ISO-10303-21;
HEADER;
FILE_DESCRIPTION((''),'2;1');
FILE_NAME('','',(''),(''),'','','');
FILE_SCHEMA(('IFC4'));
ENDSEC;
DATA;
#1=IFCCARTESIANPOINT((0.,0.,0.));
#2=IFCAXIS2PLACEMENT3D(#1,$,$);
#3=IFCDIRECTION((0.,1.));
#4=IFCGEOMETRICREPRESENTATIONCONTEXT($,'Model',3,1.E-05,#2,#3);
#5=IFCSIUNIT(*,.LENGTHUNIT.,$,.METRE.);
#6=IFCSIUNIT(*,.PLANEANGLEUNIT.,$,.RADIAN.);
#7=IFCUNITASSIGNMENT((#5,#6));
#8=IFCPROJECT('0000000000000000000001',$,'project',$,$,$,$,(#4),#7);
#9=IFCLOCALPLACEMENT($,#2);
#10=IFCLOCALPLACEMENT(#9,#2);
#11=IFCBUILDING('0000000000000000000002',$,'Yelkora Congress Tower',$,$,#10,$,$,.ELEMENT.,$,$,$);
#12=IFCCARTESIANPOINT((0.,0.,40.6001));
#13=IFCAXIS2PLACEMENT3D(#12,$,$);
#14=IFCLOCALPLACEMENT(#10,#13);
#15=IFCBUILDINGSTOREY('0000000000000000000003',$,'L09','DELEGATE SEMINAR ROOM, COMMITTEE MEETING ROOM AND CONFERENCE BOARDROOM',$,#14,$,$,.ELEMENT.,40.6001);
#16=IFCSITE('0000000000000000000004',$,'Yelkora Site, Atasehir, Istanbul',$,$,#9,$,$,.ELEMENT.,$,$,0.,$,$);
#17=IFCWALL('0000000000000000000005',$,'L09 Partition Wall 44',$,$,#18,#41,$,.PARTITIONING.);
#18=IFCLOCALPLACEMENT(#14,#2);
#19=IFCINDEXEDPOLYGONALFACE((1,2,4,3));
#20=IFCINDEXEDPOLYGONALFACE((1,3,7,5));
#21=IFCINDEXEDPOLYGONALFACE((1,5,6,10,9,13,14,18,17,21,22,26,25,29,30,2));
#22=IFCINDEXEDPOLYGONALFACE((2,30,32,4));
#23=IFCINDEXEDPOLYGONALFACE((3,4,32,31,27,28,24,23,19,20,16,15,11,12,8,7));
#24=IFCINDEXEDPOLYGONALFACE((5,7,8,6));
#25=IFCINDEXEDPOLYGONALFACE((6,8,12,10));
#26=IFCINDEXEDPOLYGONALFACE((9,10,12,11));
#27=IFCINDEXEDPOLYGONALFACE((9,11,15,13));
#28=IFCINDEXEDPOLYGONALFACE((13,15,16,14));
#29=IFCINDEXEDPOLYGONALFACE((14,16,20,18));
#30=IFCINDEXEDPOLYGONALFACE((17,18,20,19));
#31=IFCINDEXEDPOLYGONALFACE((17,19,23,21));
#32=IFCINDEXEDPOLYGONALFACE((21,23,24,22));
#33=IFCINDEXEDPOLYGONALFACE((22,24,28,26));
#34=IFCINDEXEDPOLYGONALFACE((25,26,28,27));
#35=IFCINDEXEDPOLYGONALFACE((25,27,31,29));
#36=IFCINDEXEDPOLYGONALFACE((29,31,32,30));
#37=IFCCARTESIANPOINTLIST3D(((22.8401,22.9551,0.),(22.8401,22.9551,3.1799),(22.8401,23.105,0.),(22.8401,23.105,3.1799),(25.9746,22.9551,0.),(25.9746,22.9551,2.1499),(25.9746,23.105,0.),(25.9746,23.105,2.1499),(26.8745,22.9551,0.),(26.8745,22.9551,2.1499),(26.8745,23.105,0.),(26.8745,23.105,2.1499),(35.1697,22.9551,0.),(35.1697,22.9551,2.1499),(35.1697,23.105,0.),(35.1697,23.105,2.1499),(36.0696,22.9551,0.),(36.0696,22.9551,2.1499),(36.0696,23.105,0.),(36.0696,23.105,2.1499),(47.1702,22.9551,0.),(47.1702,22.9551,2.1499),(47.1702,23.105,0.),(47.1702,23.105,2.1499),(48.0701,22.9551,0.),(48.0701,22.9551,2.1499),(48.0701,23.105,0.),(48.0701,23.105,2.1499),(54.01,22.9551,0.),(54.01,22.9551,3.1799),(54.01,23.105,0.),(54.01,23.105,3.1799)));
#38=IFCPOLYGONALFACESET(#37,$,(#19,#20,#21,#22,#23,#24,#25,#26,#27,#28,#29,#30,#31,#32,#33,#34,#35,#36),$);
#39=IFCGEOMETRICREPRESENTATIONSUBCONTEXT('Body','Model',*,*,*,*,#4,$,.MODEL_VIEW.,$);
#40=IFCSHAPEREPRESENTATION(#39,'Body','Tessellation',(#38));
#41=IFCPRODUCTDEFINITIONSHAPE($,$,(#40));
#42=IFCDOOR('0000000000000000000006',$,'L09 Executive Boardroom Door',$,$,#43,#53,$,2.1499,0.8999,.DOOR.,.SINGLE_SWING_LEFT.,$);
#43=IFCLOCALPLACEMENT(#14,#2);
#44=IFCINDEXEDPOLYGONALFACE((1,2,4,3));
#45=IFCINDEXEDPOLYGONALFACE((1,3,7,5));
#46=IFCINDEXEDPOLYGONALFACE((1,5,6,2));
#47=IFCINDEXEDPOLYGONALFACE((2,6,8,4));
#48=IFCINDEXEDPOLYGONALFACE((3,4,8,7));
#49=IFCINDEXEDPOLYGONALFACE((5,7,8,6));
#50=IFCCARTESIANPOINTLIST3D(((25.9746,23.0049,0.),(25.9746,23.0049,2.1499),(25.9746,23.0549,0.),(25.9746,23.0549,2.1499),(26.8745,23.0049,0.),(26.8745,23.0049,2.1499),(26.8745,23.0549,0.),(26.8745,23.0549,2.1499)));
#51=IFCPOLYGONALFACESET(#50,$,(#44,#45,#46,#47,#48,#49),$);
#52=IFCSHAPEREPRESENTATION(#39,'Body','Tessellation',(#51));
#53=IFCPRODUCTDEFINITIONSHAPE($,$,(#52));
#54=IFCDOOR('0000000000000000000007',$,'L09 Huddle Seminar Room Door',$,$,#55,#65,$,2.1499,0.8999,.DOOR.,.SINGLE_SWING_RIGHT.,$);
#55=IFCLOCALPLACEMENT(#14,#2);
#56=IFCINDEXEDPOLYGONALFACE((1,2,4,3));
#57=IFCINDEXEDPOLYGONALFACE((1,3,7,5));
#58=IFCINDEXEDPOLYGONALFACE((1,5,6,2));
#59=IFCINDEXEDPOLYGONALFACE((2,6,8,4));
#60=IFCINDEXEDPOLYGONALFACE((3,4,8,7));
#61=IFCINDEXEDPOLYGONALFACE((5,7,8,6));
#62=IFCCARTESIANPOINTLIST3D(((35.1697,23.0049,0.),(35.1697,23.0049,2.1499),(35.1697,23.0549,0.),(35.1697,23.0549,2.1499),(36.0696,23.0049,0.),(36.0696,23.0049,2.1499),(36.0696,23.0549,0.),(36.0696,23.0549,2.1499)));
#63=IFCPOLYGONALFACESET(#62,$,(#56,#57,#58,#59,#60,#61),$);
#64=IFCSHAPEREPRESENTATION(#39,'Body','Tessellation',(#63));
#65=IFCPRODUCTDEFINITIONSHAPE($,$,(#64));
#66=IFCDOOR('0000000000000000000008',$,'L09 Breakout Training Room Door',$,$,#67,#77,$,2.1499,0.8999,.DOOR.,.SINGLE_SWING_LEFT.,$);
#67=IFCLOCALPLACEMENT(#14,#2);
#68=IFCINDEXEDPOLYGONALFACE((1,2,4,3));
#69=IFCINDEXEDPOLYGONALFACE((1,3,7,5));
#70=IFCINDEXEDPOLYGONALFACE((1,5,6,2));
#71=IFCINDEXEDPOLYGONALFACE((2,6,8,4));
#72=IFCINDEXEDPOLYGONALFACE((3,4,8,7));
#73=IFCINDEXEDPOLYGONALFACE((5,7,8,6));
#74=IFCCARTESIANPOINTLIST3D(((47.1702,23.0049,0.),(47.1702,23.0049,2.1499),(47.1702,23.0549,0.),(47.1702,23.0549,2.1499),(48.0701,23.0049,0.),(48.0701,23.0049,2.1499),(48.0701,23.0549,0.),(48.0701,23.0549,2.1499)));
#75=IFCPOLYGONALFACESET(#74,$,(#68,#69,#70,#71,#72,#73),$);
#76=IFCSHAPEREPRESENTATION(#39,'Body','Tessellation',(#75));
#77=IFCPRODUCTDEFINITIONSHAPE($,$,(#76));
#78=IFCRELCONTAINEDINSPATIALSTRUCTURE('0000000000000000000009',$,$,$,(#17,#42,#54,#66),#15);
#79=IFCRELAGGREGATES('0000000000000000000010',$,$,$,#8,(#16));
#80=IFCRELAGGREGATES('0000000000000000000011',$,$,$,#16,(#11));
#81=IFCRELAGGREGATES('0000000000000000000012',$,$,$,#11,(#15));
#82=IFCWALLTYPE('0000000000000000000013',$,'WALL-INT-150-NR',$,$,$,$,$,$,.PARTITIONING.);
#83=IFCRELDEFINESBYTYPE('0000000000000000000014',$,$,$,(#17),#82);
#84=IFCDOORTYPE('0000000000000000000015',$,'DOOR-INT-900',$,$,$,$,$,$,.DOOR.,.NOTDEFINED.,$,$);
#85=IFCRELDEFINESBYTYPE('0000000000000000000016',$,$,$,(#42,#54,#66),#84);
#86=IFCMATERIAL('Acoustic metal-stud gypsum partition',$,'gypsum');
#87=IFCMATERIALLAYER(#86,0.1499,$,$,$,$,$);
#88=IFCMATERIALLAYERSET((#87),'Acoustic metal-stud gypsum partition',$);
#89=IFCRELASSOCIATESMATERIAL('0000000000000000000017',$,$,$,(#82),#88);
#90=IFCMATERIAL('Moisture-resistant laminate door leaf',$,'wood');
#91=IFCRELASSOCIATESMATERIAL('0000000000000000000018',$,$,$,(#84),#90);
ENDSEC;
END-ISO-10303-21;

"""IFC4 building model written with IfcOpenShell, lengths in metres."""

from ifc_helpers import new_model, si_unit, direction, frame, frame_2d, origin, place, context, subcontext, project, spatial, rectangle, extrude, material, layer, layer_set, type_object, element, fill, save


model = new_model("IFC4")

# Units and contexts
model_context = context("Model", 3, precision=1e-05, world=origin(), true_north=direction((0.0, 1.0)))
body_context = subcontext(model_context, "Body", "Model", "MODEL_VIEW")
ifc_project = project(units=[si_unit("LENGTHUNIT", "METRE"), si_unit("PLANEANGLEUNIT", "RADIAN")], contexts=[model_context])

# Site, building, storey
site_placement = place(None, origin())
site = spatial("IfcSite", under=ifc_project, at=site_placement, Name="Yelkora Site, Atasehir, Istanbul", CompositionType="ELEMENT", RefElevation=0.0)
building_placement = place(site_placement, origin())
building = spatial("IfcBuilding", under=site, at=building_placement, Name="Yelkora Congress Tower", CompositionType="ELEMENT")
storey_placement = place(building_placement, frame((0.0, 0.0, 40.6001)))
storey = spatial("IfcBuildingStorey", under=building, at=storey_placement, Name="L09", Description="DELEGATE SEMINAR ROOM, COMMITTEE MEETING ROOM AND CONFERENCE BOARDROOM", CompositionType="ELEMENT", Elevation=40.6001)

# Shared definitions
ifc_material_1 = material(Name="Acoustic metal-stud gypsum partition", Category="gypsum")
ifc_layer_1 = layer(ifc_material_1, 0.1499)
ifc_layer_set_1 = layer_set([ifc_layer_1], Name="Acoustic metal-stud gypsum partition")
wall_type_1 = type_object("IfcWallType", Name="WALL-INT-150-NR", PredefinedType="PARTITIONING", material=ifc_layer_set_1)
ifc_material_2 = material(Name="Moisture-resistant laminate door leaf", Category="wood")
door_type = type_object("IfcDoorType", Name="DOOR-INT-900", OperationType="NOTDEFINED", PredefinedType="DOOR", material=ifc_material_2)

# Wall, openings, doors
wall_1_placement = place(storey_placement, frame((22.8401, 23.03, 0.0), z_axis=(0.0, 0.0, 1.0), x_axis=(1.0, 0.0, 0.0)))
wall_1 = element("IfcWall", 1, at=wall_1_placement, inside=storey, type_object=wall_type_1, Name="L09 Partition Wall 44", PredefinedType="PARTITIONING", context=body_context, shape_type="SweptSolid", body=[
    extrude(rectangle(XDim=31.1699, YDim=0.1499, at=frame_2d((15.585, 0.0))), origin(), (0.0, 0.0, 1.0), 3.1799),
])
opening_1_placement = place(wall_1_placement, frame((3.1345, 0.0, 0.0)))
opening_1 = element("IfcOpeningElement", 2, at=opening_1_placement, cuts=wall_1, PredefinedType="OPENING", context=body_context, shape_type="SweptSolid", body=[
    extrude(rectangle(XDim=0.8999, YDim=2.1499, at=frame_2d((0.45, 1.075))), frame((0.0, 0.085, 0.0), z_axis=(0.0, -1.0, 0.0), x_axis=(1.0, 0.0, 0.0)), (0.0, 0.0, 1.0), 0.1699),
])
opening_2_placement = place(wall_1_placement, frame((12.3296, 0.0, 0.0)))
opening_2 = element("IfcOpeningElement", 3, at=opening_2_placement, cuts=wall_1, PredefinedType="OPENING", context=body_context, shape_type="SweptSolid", body=[
    extrude(rectangle(XDim=0.8999, YDim=2.1499, at=frame_2d((0.45, 1.075))), frame((0.0, 0.085, 0.0), z_axis=(0.0, -1.0, 0.0), x_axis=(1.0, 0.0, 0.0)), (0.0, 0.0, 1.0), 0.1699),
])
opening_3_placement = place(wall_1_placement, frame((24.3301, 0.0, 0.0)))
opening_3 = element("IfcOpeningElement", 4, at=opening_3_placement, cuts=wall_1, PredefinedType="OPENING", context=body_context, shape_type="SweptSolid", body=[
    extrude(rectangle(XDim=0.8999, YDim=2.1499, at=frame_2d((0.45, 1.075))), frame((0.0, 0.085, 0.0), z_axis=(0.0, -1.0, 0.0), x_axis=(1.0, 0.0, 0.0)), (0.0, 0.0, 1.0), 0.1699),
])
door_1_placement = place(opening_1_placement, origin())
door_1 = element("IfcDoor", 5, at=door_1_placement, inside=storey, type_object=door_type, Name="L09 Executive Boardroom Door", OperationType="SINGLE_SWING_LEFT", OverallHeight=2.1499, OverallWidth=0.8999, PredefinedType="DOOR", context=body_context, shape_type="SweptSolid", body=[
    extrude(rectangle(XDim=0.8999, YDim=2.1499, at=frame_2d((0.45, 1.075))), frame((0.0, 0.0249, 0.0), z_axis=(0.0, -1.0, 0.0), x_axis=(1.0, 0.0, 0.0)), (0.0, 0.0, 1.0), 0.05),
])
fill(opening_1, door_1)
door_2_placement = place(opening_2_placement, origin())
door_2 = element("IfcDoor", 6, at=door_2_placement, inside=storey, type_object=door_type, Name="L09 Huddle Seminar Room Door", OperationType="SINGLE_SWING_RIGHT", OverallHeight=2.1499, OverallWidth=0.8999, PredefinedType="DOOR", context=body_context, shape_type="SweptSolid", body=[
    extrude(rectangle(XDim=0.8999, YDim=2.1499, at=frame_2d((0.45, 1.075))), frame((0.0, 0.0249, 0.0), z_axis=(0.0, -1.0, 0.0), x_axis=(1.0, 0.0, 0.0)), (0.0, 0.0, 1.0), 0.05),
])
fill(opening_2, door_2)
door_3_placement = place(opening_3_placement, origin())
door_3 = element("IfcDoor", 7, at=door_3_placement, inside=storey, type_object=door_type, Name="L09 Breakout Training Room Door", OperationType="SINGLE_SWING_LEFT", OverallHeight=2.1499, OverallWidth=0.8999, PredefinedType="DOOR", context=body_context, shape_type="SweptSolid", body=[
    extrude(rectangle(XDim=0.8999, YDim=2.1499, at=frame_2d((0.45, 1.075))), frame((0.0, 0.0249, 0.0), z_axis=(0.0, -1.0, 0.0), x_axis=(1.0, 0.0, 0.0)), (0.0, 0.0, 1.0), 0.05),
])
fill(opening_3, door_3)

save(model, "model.ifc")
